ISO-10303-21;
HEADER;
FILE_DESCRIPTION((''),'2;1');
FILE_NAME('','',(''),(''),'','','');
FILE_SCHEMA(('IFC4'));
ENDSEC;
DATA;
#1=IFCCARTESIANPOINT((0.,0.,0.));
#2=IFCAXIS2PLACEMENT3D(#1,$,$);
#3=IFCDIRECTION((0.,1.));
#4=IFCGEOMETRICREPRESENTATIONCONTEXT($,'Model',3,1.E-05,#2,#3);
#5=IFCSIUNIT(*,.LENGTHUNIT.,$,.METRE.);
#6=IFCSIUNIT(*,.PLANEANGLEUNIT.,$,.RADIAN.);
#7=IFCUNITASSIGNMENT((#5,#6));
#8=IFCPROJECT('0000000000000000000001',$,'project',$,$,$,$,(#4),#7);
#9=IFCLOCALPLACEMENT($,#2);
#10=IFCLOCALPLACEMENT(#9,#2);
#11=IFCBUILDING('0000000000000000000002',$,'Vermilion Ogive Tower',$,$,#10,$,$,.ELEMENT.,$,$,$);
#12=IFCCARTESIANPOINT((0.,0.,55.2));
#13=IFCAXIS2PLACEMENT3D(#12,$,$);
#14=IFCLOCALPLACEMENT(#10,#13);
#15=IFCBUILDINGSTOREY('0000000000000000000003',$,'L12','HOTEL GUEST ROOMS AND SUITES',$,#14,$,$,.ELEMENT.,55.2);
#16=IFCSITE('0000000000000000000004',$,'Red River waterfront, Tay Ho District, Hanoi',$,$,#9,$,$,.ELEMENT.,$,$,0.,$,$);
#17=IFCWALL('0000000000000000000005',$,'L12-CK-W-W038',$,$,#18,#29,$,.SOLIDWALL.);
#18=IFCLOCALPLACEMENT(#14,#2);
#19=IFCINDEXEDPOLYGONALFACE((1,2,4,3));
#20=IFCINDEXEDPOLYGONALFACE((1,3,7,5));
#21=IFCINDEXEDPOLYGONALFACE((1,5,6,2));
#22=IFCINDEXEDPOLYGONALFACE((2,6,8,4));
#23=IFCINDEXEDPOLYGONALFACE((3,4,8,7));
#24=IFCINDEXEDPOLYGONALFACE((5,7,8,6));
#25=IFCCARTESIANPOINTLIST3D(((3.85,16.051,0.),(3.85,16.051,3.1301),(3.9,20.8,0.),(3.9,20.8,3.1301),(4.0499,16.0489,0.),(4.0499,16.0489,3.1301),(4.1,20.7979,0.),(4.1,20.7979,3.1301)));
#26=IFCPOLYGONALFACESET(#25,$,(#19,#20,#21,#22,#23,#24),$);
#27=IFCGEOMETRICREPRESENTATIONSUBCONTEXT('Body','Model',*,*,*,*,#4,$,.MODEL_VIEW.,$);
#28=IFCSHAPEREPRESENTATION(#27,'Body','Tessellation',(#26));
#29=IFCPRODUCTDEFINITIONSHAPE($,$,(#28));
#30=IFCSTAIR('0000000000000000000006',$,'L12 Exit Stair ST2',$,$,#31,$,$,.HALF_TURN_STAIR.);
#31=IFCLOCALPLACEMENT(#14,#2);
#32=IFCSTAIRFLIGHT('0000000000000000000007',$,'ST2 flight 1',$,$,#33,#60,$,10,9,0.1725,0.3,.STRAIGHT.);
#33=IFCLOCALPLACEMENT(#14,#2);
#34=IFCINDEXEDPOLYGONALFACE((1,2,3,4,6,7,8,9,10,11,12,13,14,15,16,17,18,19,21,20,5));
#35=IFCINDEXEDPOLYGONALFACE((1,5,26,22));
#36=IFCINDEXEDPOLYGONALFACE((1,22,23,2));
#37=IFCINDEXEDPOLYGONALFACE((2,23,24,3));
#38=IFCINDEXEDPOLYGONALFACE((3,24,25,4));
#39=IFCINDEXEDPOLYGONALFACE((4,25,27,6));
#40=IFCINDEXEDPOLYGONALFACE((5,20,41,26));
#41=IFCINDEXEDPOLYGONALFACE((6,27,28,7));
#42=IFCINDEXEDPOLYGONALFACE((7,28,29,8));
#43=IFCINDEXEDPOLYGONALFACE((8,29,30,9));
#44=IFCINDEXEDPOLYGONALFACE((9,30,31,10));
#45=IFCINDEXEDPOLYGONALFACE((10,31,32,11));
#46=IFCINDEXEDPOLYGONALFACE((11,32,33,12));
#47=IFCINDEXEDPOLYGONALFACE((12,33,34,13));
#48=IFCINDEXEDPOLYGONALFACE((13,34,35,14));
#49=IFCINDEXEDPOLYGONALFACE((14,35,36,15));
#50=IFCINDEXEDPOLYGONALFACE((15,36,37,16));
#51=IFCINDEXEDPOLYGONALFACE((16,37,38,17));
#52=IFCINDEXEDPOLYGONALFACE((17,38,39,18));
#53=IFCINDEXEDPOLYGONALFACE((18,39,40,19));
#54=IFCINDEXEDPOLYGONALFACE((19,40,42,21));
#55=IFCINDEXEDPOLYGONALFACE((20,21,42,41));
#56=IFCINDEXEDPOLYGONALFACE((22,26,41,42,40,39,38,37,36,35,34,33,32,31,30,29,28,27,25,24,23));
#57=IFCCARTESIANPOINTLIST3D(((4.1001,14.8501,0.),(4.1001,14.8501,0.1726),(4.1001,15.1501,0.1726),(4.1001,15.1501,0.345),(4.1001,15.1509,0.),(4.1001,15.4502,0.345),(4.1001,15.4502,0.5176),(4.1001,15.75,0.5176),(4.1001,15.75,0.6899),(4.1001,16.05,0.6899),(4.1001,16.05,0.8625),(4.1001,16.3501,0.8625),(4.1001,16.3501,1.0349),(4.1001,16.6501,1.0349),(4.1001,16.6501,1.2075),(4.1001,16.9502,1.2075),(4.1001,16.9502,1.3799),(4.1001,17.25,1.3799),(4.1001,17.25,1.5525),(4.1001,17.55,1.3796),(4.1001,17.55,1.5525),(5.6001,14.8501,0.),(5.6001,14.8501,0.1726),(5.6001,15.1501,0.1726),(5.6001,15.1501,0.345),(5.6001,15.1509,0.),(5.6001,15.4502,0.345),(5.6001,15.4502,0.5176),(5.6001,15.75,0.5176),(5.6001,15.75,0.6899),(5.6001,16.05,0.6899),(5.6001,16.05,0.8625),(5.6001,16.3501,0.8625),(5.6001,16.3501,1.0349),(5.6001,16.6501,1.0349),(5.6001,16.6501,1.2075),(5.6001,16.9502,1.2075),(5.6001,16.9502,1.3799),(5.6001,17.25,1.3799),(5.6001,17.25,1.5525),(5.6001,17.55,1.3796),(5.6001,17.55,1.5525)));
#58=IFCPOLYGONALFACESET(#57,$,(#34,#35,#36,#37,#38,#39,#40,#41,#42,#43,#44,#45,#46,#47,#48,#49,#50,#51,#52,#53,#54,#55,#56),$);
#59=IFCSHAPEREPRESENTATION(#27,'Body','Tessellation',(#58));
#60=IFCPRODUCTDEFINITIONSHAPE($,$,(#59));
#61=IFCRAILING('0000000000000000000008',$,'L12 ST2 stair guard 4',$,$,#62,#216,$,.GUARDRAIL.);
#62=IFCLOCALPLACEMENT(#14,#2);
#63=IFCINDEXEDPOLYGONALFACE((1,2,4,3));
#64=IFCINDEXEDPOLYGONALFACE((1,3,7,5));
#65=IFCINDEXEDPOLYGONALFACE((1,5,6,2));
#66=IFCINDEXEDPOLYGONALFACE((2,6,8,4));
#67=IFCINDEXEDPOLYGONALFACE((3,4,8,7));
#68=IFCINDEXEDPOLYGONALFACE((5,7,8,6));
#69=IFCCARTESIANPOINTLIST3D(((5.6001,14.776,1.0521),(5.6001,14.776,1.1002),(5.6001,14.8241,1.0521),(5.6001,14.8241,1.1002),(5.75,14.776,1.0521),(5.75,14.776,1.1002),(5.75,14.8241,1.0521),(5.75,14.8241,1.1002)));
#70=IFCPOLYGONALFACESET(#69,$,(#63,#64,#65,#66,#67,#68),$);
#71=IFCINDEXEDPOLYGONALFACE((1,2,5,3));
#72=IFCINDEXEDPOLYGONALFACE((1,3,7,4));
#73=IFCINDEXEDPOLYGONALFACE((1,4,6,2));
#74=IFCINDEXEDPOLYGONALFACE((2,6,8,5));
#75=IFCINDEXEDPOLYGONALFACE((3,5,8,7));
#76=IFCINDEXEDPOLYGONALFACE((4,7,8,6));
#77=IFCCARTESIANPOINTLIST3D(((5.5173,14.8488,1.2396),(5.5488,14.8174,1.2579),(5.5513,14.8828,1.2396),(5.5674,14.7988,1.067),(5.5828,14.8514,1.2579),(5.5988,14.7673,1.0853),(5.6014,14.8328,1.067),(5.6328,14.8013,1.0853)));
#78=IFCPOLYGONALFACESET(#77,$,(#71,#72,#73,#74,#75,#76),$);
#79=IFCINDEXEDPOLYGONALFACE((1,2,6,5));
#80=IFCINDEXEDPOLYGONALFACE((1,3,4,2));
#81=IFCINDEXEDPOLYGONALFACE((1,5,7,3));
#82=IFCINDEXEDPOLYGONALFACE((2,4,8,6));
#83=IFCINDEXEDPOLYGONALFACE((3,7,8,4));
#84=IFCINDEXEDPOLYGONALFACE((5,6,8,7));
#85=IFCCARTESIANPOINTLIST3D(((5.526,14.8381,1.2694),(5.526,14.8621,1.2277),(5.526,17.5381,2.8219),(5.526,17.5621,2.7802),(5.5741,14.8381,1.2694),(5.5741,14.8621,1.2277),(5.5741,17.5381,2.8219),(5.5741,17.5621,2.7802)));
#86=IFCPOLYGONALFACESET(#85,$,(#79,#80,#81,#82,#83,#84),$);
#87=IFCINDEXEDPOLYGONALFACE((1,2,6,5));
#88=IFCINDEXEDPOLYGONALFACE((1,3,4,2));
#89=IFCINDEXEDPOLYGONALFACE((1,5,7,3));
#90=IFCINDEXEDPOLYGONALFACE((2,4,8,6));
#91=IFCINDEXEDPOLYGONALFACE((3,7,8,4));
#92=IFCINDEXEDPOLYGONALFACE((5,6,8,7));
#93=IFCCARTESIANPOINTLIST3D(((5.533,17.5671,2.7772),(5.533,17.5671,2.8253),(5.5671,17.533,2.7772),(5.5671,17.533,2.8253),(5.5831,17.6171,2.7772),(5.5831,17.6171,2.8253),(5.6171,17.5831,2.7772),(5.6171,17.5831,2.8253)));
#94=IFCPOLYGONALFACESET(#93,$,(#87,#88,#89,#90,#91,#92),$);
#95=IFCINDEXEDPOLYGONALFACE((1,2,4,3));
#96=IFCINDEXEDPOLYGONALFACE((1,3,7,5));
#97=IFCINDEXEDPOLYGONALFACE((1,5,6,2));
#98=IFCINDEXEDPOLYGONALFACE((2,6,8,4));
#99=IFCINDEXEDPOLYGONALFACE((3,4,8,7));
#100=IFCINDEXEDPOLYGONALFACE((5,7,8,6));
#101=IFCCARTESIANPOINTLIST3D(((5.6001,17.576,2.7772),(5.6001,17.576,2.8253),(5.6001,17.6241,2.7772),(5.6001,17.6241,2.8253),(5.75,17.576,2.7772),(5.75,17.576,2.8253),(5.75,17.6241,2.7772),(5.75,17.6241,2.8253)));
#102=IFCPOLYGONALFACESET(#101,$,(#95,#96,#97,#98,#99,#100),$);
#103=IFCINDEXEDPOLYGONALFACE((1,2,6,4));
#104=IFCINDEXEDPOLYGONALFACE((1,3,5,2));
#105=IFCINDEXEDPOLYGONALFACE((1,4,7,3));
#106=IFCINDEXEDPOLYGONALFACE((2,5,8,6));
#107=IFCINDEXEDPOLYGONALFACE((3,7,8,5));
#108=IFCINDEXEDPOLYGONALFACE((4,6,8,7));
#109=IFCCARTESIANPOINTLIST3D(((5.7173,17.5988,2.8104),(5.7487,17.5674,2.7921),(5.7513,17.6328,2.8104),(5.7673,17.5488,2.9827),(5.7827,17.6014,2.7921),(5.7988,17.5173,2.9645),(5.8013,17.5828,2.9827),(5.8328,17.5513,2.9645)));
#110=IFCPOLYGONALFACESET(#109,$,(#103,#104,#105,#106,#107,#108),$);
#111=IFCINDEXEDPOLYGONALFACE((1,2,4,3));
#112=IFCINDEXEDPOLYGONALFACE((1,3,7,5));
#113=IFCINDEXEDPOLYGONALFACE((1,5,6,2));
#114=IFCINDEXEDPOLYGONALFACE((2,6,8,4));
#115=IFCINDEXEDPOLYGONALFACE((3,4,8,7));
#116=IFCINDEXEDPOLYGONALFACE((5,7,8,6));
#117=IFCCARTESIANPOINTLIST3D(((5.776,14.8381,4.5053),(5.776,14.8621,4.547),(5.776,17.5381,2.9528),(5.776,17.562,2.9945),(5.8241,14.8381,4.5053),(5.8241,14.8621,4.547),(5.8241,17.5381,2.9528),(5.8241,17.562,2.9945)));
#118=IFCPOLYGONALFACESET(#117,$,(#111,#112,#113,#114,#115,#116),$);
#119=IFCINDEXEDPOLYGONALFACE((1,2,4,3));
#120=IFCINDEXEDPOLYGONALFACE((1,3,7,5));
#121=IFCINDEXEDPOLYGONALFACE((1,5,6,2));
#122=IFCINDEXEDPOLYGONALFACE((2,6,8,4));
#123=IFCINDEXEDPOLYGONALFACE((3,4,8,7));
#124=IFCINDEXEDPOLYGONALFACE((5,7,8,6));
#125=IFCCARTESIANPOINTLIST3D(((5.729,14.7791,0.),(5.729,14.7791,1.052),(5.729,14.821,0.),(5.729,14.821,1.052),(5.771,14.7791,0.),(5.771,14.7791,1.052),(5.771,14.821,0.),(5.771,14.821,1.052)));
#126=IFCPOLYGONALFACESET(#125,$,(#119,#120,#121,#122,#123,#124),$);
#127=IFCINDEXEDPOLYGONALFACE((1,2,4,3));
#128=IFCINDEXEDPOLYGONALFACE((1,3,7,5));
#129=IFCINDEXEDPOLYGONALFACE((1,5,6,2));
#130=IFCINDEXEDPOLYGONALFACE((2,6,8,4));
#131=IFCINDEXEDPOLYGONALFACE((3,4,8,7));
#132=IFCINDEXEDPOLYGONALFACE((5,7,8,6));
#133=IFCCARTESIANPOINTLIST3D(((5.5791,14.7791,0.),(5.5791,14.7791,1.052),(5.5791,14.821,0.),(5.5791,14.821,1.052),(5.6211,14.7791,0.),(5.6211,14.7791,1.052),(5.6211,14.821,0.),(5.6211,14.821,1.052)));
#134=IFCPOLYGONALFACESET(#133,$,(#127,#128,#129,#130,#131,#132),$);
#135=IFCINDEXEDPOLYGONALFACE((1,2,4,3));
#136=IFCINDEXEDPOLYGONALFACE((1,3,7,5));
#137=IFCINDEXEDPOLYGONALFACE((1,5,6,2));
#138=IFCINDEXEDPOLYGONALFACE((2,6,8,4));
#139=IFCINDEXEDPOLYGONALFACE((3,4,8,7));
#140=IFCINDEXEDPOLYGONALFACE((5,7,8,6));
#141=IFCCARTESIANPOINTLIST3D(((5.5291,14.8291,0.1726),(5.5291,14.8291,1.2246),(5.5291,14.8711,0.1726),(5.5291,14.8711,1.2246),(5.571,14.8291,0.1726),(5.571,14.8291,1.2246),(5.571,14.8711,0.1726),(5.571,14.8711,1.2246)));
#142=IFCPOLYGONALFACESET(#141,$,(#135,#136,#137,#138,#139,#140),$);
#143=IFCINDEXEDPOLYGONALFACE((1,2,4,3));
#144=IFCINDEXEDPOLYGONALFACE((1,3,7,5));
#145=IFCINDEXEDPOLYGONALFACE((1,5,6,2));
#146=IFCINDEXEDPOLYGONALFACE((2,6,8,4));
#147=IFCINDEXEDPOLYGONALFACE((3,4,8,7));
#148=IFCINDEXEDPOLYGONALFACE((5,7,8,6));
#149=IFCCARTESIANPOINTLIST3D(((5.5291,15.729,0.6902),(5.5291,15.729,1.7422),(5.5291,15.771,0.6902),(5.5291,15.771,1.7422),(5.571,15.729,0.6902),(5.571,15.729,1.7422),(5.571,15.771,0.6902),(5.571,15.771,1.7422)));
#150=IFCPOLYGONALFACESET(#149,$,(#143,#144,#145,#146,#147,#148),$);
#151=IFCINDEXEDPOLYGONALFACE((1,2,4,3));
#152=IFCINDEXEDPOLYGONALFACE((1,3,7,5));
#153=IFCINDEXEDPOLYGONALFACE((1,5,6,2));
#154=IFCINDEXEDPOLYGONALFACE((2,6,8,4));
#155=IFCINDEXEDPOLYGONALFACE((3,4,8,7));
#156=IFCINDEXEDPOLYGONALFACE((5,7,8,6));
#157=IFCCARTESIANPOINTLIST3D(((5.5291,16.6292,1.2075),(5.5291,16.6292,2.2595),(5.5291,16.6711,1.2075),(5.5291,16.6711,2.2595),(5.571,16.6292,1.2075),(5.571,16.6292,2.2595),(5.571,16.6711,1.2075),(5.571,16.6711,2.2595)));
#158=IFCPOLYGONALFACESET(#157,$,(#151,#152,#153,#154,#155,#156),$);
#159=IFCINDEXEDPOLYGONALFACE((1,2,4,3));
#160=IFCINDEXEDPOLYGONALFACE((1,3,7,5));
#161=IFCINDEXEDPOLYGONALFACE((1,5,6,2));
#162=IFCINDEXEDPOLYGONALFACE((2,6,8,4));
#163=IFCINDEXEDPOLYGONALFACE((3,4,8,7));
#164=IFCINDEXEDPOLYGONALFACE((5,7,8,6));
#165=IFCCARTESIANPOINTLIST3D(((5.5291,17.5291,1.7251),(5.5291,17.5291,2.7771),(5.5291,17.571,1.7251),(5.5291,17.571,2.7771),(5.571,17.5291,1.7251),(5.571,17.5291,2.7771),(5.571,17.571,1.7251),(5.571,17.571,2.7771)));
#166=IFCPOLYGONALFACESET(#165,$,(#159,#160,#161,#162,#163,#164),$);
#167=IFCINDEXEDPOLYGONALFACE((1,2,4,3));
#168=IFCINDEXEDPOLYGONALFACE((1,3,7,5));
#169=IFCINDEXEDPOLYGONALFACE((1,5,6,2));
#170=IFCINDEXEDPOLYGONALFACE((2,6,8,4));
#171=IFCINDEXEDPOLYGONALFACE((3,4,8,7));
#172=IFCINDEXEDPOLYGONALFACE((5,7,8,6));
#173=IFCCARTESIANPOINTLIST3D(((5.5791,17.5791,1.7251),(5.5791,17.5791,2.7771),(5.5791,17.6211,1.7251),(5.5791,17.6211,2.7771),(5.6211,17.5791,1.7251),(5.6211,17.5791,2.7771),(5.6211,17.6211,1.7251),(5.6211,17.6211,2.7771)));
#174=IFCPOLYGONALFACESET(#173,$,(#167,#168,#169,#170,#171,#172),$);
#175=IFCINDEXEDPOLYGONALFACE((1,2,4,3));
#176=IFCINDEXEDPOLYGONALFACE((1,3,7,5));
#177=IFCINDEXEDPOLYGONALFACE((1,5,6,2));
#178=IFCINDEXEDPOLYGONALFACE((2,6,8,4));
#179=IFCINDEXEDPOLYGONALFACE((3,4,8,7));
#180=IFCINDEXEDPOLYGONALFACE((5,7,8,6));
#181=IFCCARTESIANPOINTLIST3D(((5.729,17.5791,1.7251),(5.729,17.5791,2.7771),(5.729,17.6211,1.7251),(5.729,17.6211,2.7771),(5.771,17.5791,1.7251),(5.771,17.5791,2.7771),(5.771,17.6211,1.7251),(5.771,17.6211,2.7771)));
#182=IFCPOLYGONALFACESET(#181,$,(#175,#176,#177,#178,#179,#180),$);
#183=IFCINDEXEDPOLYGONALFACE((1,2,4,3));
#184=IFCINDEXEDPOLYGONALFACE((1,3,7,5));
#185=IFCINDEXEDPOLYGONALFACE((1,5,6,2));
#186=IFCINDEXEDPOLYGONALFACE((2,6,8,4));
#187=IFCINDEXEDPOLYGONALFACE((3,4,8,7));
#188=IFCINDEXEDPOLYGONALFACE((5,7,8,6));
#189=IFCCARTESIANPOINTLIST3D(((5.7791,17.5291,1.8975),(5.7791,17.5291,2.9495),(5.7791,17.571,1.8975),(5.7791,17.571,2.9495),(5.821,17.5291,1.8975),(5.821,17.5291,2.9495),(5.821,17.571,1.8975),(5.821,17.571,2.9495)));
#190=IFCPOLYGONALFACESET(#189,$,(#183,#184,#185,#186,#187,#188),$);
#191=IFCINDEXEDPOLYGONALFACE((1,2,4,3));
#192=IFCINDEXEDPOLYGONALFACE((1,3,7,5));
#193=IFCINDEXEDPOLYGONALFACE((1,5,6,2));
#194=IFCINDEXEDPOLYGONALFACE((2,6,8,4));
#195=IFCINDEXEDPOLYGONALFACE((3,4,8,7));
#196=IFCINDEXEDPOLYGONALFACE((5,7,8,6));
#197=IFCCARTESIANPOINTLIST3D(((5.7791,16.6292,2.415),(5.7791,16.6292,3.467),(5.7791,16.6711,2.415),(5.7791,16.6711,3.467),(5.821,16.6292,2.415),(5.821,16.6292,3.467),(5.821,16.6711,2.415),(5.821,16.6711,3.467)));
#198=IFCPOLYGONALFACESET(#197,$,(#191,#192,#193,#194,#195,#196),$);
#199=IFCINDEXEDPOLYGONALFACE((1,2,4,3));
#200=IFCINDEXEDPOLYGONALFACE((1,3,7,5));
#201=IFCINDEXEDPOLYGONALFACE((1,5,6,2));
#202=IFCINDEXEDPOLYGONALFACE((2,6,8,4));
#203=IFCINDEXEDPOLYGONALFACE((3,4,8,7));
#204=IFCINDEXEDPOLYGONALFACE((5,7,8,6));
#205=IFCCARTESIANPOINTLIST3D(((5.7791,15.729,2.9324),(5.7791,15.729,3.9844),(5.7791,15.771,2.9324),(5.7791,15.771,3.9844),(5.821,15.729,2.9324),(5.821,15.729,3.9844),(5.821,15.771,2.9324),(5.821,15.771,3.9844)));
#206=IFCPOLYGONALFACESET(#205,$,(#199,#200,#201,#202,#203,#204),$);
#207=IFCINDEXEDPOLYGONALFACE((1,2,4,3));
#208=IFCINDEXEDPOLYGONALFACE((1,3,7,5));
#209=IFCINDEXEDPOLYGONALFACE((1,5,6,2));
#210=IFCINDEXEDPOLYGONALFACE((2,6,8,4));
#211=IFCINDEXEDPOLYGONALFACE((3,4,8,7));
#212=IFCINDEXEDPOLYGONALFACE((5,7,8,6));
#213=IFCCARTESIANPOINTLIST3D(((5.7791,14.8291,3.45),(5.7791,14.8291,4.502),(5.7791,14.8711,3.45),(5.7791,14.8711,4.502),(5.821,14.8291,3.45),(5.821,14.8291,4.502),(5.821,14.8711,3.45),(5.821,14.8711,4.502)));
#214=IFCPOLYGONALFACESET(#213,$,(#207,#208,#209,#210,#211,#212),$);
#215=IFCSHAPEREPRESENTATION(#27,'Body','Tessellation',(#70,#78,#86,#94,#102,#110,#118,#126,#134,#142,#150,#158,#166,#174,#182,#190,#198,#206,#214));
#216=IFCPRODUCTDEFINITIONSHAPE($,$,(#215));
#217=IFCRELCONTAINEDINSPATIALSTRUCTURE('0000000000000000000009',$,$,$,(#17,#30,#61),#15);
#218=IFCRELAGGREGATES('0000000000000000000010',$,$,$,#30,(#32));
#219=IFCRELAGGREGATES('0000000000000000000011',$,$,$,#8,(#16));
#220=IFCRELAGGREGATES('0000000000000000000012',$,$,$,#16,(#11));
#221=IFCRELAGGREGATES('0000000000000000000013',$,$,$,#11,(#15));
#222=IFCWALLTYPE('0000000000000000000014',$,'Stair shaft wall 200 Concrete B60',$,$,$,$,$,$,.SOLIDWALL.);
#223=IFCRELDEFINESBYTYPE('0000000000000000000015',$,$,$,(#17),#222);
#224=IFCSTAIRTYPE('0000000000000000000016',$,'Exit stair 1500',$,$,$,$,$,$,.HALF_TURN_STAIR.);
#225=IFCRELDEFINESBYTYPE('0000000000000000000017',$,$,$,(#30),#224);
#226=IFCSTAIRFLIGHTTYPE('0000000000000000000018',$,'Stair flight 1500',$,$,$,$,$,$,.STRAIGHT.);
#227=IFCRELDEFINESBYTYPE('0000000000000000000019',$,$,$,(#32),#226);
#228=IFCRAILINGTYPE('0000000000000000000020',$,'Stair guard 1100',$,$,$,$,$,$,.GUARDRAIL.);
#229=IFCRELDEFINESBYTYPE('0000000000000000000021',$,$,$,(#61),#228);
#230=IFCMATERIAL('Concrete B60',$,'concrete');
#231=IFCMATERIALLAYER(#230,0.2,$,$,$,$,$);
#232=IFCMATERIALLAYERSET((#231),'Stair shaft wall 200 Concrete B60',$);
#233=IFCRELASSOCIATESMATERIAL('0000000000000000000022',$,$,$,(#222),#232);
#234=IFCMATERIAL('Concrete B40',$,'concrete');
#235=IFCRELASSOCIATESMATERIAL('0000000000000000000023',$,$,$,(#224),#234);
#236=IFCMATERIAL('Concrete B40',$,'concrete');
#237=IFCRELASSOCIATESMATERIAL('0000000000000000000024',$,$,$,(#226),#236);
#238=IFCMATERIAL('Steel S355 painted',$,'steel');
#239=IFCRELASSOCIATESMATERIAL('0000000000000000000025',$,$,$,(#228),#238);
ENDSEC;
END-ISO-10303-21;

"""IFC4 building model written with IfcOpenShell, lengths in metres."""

from ifc_helpers import new_model, si_unit, direction, frame, frame_2d, origin, origin_2d, place, context, subcontext, project, spatial, polyline, rectangle, outline, extrude, material, layer, layer_set, type_object, element, aggregate, save


model = new_model("IFC4")

# Units and contexts
model_context = context("Model", 3, precision=1e-05, world=origin(), true_north=direction((0.0, 1.0)))
body_context = subcontext(model_context, "Body", "Model", "MODEL_VIEW")
ifc_project = project(units=[si_unit("LENGTHUNIT", "METRE"), si_unit("PLANEANGLEUNIT", "RADIAN")], contexts=[model_context])

# Site, building, storey
site_placement = place(None, origin())
site = spatial("IfcSite", under=ifc_project, at=site_placement, Name="Red River waterfront, Tay Ho District, Hanoi", CompositionType="ELEMENT", RefElevation=0.0)
building_placement = place(site_placement, origin())
building = spatial("IfcBuilding", under=site, at=building_placement, Name="Vermilion Ogive Tower", CompositionType="ELEMENT")
storey_placement = place(building_placement, frame((0.0, 0.0, 55.2)))
storey = spatial("IfcBuildingStorey", under=building, at=storey_placement, Name="L12", Description="HOTEL GUEST ROOMS AND SUITES", CompositionType="ELEMENT", Elevation=55.2)

# Shared definitions
ifc_material_1 = material(Name="Concrete B60", Category="concrete")
ifc_layer_1 = layer(ifc_material_1, 0.2)
ifc_layer_set_1 = layer_set([ifc_layer_1], Name="Stair shaft wall 200 Concrete B60")
wall_type_1 = type_object("IfcWallType", Name="Stair shaft wall 200 Concrete B60", PredefinedType="SOLIDWALL", material=ifc_layer_set_1)

# Wall
wall_1_placement = place(storey_placement, frame((3.95, 16.05, 0.0), z_axis=(0.0, 0.0, 1.0), x_axis=(0.010538, 0.999944, 0.0)))
element("IfcWall", 1, at=wall_1_placement, inside=storey, type_object=wall_type_1, Name="L12-CK-W-W038", PredefinedType="SOLIDWALL", context=body_context, shape_type="SweptSolid", body=[
    extrude(rectangle(XDim=4.7493, YDim=0.2, at=frame_2d((2.3745, 0.0))), origin(), (0.0, 0.0, 1.0), 3.1301),
])

# Stair, stair flight
ifc_material_2 = material(Name="Concrete B40", Category="concrete")
stair_type = type_object("IfcStairType", Name="Exit stair 1500", PredefinedType="HALF_TURN_STAIR", material=ifc_material_2)
stair_placement = place(storey_placement, origin())
stair = element("IfcStair", 2, at=stair_placement, inside=storey, type_object=stair_type, Name="L12 Exit Stair ST2", PredefinedType="HALF_TURN_STAIR")
ifc_material_3 = material(Name="Concrete B40", Category="concrete")
stair_flight_type = type_object("IfcStairFlightType", Name="Stair flight 1500", PredefinedType="STRAIGHT", material=ifc_material_3)
stair_flight_placement = place(storey_placement, frame((4.8501, 14.8501, 0.0), z_axis=(0.0, 0.0, 1.0), x_axis=(0.0, 1.0, 0.0)))
stair_flight = element("IfcStairFlight", 3, at=stair_flight_placement, type_object=stair_flight_type, Name="ST2 flight 1", NumberOfRisers=10, NumberOfTreads=9, PredefinedType="STRAIGHT", RiserHeight=0.1725, TreadLength=0.3, context=body_context, shape_type="SweptSolid", body=[
    extrude(outline(polyline([(0.0, 0.0), (0.0, 0.1726), (0.3, 0.1726), (0.3, 0.345), (0.6001, 0.345), (0.6001, 0.5176), (0.8999, 0.5176), (0.8999, 0.6899), (1.2, 0.6899), (1.2, 0.8625), (1.5, 0.8625), (1.5, 1.0349), (1.8, 1.0349), (1.8, 1.2075), (2.1001, 1.2075), (2.1001, 1.3799), (2.3999, 1.3799), (2.3999, 1.5525), (2.7, 1.5525), (2.7, 1.7251), (2.7, 1.3796), (0.3008, 0.0), (0.0, 0.0)])), frame((0.0, 0.75, 0.0), z_axis=(0.0, -1.0, 0.0), x_axis=(1.0, 0.0, 0.0)), (0.0, 0.0, 1.0), 1.5),
])
aggregate(stair, [stair_flight])

# Railing
ifc_material_4 = material(Name="Steel S355 painted", Category="steel")
railing_type_1 = type_object("IfcRailingType", Name="Stair guard 1100", PredefinedType="GUARDRAIL", material=ifc_material_4)
railing_1_placement = place(storey_placement, frame((5.75, 14.8, 0.0)))
element("IfcRailing", 4, at=railing_1_placement, inside=storey, type_object=railing_type_1, Name="L12 ST2 stair guard 4", PredefinedType="GUARDRAIL", context=body_context, shape_type="SweptSolid", body=[
    extrude(rectangle(XDim=0.0481, YDim=0.0481, at=origin_2d()), frame((0.0, 0.0, 1.0762), z_axis=(-1.0, 0.0, 0.0), x_axis=(0.0, -1.0, 0.0)), (0.0, 0.0, 1.0), 0.1499),
    extrude(rectangle(XDim=0.0481, YDim=0.0481, at=origin_2d()), frame((-0.1499, 0.0, 1.0762), z_axis=(-0.268278, 0.268278, 0.925232), x_axis=(-0.707107, -0.707107, 0.0)), (0.0, 0.0, 1.0), 0.1865),
    extrude(rectangle(XDim=0.0481, YDim=0.0481, at=origin_2d()), frame((-0.2, 0.05, 1.2485), z_axis=(0.0, 0.866904, 0.498476), x_axis=(-1.0, 0.0, 0.0)), (0.0, 0.0, 1.0), 3.1145),
    extrude(rectangle(XDim=0.0481, YDim=0.0481, at=origin_2d()), frame((-0.2, 2.75, 2.8013), z_axis=(0.707107, 0.707107, 0.0), x_axis=(-0.707107, 0.707107, 0.0)), (0.0, 0.0, 1.0), 0.0708),
    extrude(rectangle(XDim=0.0481, YDim=0.0481, at=origin_2d()), frame((-0.1499, 2.8, 2.8013), z_axis=(1.0, 0.0, 0.0), x_axis=(0.0, 1.0, 0.0)), (0.0, 0.0, 1.0), 0.1499),
    extrude(rectangle(XDim=0.0481, YDim=0.0481, at=origin_2d()), frame((0.0, 2.8, 2.8013), z_axis=(0.268603, -0.268603, 0.925043), x_axis=(0.707107, 0.707107, 0.0)), (0.0, 0.0, 1.0), 0.1863),
    extrude(rectangle(XDim=0.0481, YDim=0.0481, at=origin_2d()), frame((0.05, 2.75, 2.9736), z_axis=(0.0, -0.866904, 0.498476), x_axis=(1.0, 0.0, 0.0)), (0.0, 0.0, 1.0), 3.1145),
    extrude(rectangle(XDim=0.042, YDim=0.042, at=origin_2d()), origin(), (0.0, 0.0, 1.0), 1.052),
    extrude(rectangle(XDim=0.042, YDim=0.042, at=origin_2d()), frame((-0.1499, 0.0, 0.0)), (0.0, 0.0, 1.0), 1.052),
    extrude(rectangle(XDim=0.042, YDim=0.042, at=origin_2d()), frame((-0.2, 0.05, 0.1726)), (0.0, 0.0, 1.0), 1.052),
    extrude(rectangle(XDim=0.042, YDim=0.042, at=origin_2d()), frame((-0.2, 0.95, 0.6902)), (0.0, 0.0, 1.0), 1.052),
    extrude(rectangle(XDim=0.042, YDim=0.042, at=origin_2d()), frame((-0.2, 1.8501, 1.2075)), (0.0, 0.0, 1.0), 1.052),
    extrude(rectangle(XDim=0.042, YDim=0.042, at=origin_2d()), frame((-0.2, 2.75, 1.7251)), (0.0, 0.0, 1.0), 1.052),
    extrude(rectangle(XDim=0.042, YDim=0.042, at=origin_2d()), frame((-0.1499, 2.8, 1.7251)), (0.0, 0.0, 1.0), 1.052),
    extrude(rectangle(XDim=0.042, YDim=0.042, at=origin_2d()), frame((0.0, 2.8, 1.7251)), (0.0, 0.0, 1.0), 1.052),
    extrude(rectangle(XDim=0.042, YDim=0.042, at=origin_2d()), frame((0.05, 2.75, 1.8975)), (0.0, 0.0, 1.0), 1.052),
    extrude(rectangle(XDim=0.042, YDim=0.042, at=origin_2d()), frame((0.05, 1.8501, 2.415)), (0.0, 0.0, 1.0), 1.052),
    extrude(rectangle(XDim=0.042, YDim=0.042, at=origin_2d()), frame((0.05, 0.95, 2.9324)), (0.0, 0.0, 1.0), 1.052),
    extrude(rectangle(XDim=0.042, YDim=0.042, at=origin_2d()), frame((0.05, 0.05, 3.45)), (0.0, 0.0, 1.0), 1.052),
])

save(model, "model.ifc")
